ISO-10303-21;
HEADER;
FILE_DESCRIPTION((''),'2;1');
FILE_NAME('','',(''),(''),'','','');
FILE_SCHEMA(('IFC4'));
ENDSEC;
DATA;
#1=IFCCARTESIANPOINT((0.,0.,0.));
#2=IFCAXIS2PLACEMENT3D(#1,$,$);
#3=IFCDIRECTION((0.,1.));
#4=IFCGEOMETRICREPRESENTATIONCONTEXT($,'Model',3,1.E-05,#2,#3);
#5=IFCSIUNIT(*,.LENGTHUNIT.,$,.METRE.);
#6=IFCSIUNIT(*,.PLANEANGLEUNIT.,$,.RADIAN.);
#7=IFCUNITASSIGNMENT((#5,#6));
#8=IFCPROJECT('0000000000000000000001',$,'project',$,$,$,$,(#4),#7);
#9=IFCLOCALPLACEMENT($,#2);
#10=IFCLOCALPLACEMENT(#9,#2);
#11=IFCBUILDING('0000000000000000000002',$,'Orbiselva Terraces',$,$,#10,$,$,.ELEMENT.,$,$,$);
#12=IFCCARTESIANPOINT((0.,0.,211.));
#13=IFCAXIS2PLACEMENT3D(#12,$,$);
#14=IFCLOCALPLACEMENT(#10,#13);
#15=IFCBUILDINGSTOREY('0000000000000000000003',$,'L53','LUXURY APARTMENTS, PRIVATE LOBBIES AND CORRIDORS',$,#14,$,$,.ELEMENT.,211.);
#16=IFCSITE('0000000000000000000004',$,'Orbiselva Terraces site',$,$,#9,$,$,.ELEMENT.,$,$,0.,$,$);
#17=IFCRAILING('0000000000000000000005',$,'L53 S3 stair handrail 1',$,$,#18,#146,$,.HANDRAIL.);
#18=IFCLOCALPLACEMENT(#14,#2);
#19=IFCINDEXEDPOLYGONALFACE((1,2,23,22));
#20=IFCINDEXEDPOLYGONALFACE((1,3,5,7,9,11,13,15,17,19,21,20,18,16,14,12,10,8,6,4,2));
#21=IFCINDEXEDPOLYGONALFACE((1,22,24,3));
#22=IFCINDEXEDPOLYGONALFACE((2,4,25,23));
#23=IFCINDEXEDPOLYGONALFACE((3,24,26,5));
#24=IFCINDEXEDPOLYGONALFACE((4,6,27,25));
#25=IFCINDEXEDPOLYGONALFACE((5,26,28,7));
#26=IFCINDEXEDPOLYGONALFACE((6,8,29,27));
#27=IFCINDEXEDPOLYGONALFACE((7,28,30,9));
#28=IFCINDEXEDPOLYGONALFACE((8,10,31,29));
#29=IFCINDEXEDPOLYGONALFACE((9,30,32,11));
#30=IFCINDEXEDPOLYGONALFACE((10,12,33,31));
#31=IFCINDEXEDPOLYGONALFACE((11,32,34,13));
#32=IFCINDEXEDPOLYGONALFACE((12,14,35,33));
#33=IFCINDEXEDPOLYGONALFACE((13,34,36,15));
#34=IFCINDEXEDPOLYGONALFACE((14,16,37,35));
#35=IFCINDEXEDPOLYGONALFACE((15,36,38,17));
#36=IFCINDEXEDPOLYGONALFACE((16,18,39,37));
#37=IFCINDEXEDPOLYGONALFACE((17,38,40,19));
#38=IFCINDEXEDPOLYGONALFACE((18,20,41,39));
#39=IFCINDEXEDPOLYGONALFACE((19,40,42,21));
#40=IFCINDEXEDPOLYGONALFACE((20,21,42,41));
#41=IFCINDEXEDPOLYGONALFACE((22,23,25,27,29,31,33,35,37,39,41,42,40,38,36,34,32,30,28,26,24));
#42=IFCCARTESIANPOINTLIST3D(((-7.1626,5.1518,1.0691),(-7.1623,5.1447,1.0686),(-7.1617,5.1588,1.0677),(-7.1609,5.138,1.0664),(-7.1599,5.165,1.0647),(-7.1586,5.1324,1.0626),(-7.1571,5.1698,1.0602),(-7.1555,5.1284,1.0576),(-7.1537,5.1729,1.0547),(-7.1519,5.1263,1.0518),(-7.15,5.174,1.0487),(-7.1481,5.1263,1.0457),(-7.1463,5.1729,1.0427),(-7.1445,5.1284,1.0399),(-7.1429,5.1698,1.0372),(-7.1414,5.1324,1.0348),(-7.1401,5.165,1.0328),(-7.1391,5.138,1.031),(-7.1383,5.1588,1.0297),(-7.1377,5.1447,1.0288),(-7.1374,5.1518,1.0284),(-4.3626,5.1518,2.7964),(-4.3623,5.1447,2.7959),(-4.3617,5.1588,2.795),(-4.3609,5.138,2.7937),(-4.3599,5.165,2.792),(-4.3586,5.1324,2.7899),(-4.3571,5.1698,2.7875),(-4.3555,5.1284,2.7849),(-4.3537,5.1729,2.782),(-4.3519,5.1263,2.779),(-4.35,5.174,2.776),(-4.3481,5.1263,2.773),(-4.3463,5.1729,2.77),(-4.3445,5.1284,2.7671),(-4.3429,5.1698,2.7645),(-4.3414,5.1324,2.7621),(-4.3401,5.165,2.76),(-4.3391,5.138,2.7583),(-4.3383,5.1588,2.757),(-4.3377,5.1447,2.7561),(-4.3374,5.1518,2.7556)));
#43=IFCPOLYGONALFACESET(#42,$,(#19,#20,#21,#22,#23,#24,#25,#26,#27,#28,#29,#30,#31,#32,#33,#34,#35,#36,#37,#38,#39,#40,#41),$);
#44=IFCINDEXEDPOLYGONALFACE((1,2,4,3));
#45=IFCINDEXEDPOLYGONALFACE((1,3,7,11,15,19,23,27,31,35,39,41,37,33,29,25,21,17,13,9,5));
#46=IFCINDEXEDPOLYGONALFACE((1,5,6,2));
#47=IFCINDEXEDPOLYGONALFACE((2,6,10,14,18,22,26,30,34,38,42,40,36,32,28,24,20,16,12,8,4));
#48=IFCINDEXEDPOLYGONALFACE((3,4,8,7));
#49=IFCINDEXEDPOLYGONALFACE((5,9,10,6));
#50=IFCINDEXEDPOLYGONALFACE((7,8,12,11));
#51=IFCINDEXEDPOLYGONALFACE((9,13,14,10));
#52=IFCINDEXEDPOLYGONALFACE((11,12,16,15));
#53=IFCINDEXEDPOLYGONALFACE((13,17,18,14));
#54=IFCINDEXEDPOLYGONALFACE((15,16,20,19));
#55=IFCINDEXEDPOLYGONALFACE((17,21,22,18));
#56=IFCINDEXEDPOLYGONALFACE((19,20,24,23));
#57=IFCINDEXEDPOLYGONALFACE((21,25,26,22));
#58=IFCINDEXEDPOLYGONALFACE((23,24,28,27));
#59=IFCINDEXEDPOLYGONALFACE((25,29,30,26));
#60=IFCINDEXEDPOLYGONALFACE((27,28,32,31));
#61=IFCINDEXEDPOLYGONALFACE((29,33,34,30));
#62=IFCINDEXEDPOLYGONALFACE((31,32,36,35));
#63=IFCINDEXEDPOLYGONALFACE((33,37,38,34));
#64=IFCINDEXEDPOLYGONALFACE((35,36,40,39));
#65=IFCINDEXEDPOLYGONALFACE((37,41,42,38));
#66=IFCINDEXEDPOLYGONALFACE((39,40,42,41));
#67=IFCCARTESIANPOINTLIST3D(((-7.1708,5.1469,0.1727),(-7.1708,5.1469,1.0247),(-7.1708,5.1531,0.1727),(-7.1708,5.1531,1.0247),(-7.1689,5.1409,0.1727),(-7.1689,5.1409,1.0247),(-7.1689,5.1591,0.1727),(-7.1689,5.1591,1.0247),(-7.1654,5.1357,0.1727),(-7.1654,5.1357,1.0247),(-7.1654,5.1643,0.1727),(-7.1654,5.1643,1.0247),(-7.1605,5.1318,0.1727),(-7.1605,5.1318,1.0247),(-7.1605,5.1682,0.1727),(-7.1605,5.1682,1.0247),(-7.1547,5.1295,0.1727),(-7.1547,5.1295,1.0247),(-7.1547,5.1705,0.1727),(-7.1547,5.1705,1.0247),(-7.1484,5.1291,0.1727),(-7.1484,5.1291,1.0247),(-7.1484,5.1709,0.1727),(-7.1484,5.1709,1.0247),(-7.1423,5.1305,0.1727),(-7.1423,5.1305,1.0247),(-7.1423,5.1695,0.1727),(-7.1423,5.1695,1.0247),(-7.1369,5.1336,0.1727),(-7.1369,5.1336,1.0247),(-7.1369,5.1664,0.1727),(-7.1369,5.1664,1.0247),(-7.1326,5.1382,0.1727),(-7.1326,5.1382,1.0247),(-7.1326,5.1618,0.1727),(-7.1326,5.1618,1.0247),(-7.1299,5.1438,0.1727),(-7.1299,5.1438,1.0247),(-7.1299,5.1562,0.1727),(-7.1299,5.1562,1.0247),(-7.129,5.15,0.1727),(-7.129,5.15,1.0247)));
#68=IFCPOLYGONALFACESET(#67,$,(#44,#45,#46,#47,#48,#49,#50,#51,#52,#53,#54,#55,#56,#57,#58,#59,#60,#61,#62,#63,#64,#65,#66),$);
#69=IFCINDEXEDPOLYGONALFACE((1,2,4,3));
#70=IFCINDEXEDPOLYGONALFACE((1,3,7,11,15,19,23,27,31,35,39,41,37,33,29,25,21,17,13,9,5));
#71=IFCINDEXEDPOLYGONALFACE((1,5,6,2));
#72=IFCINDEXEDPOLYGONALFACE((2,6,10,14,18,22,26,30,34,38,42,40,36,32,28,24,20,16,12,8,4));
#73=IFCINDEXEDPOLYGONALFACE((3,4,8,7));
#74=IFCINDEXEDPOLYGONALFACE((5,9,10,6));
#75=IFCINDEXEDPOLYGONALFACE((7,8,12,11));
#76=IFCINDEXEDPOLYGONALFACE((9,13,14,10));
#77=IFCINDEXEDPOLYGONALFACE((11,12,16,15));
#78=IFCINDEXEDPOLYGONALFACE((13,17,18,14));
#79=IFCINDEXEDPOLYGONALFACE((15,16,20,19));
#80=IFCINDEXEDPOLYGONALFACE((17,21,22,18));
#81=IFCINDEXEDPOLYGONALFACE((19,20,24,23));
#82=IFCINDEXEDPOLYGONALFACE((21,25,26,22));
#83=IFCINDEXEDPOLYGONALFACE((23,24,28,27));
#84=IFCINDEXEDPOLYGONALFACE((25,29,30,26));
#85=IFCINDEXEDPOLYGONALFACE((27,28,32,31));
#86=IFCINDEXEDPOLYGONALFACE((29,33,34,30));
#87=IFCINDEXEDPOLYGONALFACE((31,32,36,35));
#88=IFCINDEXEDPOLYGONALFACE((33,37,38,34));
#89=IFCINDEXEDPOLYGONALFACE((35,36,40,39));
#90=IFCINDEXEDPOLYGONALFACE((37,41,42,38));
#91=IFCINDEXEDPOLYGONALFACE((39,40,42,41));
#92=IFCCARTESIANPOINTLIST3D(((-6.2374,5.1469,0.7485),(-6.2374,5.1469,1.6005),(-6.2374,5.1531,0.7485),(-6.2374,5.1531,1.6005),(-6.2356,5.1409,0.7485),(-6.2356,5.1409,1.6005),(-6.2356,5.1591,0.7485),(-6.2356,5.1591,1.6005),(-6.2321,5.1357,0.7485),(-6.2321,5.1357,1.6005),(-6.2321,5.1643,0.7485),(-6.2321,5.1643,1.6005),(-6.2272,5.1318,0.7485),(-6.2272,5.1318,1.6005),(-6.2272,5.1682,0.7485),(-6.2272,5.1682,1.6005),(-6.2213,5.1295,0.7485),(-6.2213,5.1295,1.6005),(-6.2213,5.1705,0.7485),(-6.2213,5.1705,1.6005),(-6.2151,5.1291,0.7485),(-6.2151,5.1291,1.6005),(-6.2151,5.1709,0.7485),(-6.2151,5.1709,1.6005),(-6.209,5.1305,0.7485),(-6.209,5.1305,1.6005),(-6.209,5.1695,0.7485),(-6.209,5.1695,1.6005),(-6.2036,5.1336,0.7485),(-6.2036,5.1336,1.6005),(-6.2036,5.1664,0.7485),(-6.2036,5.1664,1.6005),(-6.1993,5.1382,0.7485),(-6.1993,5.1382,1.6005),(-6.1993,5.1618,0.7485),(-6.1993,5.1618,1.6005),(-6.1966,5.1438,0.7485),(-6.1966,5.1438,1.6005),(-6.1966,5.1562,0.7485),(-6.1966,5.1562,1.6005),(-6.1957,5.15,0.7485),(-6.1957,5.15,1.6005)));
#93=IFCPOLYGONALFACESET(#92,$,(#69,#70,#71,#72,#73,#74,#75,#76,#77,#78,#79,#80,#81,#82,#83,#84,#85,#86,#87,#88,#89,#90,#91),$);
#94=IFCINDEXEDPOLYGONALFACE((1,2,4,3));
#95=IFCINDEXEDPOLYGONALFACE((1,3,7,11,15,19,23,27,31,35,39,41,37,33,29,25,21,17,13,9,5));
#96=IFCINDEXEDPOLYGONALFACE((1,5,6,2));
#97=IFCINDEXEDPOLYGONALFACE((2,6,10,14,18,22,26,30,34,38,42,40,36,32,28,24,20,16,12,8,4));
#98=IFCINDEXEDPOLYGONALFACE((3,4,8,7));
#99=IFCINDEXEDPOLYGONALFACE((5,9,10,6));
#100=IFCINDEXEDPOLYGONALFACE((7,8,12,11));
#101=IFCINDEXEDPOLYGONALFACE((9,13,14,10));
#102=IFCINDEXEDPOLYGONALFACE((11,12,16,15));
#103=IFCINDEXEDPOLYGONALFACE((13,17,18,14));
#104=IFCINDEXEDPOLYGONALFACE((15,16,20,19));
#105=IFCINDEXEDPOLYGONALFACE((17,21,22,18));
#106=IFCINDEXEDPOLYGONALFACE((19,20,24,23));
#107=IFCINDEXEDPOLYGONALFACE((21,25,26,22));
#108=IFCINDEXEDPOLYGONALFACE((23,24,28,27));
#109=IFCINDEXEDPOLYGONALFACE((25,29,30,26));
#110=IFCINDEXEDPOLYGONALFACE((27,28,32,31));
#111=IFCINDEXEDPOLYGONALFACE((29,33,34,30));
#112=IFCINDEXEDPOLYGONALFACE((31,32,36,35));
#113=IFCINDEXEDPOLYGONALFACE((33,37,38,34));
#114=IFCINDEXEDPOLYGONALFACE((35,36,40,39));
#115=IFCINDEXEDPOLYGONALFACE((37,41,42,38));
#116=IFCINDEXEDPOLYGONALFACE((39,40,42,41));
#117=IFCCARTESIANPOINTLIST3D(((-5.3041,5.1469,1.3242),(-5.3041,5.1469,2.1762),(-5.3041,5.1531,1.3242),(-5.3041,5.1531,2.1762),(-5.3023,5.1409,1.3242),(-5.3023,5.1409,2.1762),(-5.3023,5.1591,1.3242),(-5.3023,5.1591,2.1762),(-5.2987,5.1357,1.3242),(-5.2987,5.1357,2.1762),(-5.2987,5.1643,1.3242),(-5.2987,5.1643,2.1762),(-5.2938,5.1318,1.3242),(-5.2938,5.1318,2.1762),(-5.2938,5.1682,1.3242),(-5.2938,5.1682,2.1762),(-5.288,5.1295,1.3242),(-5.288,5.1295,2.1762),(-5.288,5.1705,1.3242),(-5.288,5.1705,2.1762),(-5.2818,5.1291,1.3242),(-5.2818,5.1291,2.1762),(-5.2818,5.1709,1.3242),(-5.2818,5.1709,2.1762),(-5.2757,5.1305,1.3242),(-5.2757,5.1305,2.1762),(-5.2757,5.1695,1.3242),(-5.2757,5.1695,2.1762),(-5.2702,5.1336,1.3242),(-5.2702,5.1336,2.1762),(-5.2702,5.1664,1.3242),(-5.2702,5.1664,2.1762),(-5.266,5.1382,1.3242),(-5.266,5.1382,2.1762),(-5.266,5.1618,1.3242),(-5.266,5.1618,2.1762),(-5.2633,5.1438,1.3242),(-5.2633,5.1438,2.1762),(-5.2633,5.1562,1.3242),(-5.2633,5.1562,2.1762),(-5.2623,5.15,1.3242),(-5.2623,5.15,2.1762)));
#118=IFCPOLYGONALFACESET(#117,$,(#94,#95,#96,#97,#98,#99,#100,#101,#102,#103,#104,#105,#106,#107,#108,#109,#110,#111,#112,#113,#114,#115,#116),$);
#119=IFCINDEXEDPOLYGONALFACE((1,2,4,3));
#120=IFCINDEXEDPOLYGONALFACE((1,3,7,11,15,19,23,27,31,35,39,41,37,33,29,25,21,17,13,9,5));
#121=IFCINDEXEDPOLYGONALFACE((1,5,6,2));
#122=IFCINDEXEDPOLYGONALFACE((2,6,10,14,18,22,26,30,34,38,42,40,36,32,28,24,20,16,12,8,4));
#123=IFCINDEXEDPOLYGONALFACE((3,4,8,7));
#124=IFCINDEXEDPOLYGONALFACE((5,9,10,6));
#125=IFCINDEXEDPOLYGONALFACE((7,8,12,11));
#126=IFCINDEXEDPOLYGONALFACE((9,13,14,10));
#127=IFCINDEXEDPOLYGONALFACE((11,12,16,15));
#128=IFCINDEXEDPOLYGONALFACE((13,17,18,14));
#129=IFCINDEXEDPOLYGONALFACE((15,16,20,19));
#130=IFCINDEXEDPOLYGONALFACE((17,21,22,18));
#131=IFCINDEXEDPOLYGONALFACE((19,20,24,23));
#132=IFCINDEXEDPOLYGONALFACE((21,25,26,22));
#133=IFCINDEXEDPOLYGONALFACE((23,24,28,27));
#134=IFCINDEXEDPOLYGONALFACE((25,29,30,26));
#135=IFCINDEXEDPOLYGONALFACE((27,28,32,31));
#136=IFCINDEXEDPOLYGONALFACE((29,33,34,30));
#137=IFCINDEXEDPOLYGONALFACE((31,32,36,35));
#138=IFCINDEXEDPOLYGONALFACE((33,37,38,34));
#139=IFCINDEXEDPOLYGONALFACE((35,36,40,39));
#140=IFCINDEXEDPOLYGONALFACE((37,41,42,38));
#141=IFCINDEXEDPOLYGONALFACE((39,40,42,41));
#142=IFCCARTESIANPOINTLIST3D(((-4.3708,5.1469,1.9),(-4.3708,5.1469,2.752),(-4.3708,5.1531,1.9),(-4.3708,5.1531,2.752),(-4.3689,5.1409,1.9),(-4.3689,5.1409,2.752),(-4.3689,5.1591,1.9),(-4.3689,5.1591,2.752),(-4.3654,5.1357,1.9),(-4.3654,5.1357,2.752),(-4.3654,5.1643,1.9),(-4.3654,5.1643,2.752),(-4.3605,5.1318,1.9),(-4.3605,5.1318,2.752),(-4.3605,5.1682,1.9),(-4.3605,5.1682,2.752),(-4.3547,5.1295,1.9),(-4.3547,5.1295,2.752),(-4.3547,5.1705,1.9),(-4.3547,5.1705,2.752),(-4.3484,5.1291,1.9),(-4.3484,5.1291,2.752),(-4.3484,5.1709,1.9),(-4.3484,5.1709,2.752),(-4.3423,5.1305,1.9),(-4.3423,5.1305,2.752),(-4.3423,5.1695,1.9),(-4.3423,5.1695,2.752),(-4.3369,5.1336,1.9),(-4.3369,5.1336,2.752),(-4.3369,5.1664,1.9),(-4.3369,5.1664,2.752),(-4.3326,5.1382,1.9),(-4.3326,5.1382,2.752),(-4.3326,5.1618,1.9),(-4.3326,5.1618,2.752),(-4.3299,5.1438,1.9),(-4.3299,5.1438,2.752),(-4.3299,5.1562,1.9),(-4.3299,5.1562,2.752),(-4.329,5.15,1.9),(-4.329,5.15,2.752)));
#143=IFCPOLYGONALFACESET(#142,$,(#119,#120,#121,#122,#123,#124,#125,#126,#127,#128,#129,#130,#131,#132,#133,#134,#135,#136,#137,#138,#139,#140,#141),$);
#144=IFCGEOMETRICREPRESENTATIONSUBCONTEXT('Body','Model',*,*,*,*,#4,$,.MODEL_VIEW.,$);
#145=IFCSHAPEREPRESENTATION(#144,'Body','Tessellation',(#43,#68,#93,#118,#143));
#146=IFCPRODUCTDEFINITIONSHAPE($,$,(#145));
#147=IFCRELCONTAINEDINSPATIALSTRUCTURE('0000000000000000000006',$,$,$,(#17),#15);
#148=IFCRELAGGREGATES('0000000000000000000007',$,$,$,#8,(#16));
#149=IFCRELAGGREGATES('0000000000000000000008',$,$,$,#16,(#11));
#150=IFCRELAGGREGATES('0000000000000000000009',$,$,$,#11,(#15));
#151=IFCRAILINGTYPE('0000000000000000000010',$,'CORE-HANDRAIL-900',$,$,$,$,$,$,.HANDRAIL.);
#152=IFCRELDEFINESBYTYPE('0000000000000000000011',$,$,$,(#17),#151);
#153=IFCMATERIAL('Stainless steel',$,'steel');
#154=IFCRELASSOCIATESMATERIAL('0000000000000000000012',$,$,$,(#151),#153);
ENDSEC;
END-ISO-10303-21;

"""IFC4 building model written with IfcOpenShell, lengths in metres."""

from ifc_helpers import new_model, si_unit, direction, frame, origin, origin_2d, place, context, subcontext, project, spatial, circle, extrude, material, type_object, element, save


model = new_model("IFC4")

# Units and contexts
model_context = context("Model", 3, precision=1e-05, world=origin(), true_north=direction((0.0, 1.0)))
body_context = subcontext(model_context, "Body", "Model", "MODEL_VIEW")
ifc_project = project(units=[si_unit("LENGTHUNIT", "METRE"), si_unit("PLANEANGLEUNIT", "RADIAN")], contexts=[model_context])

# Site, building, storey
site_placement = place(None, origin())
site = spatial("IfcSite", under=ifc_project, at=site_placement, Name="Orbiselva Terraces site", CompositionType="ELEMENT", RefElevation=0.0)
building_placement = place(site_placement, origin())
building = spatial("IfcBuilding", under=site, at=building_placement, Name="Orbiselva Terraces", CompositionType="ELEMENT")
storey_placement = place(building_placement, frame((0.0, 0.0, 211.0)))
storey = spatial("IfcBuildingStorey", under=building, at=storey_placement, Name="L53", Description="LUXURY APARTMENTS, PRIVATE LOBBIES AND CORRIDORS", CompositionType="ELEMENT", Elevation=211.0)

# Railing
ifc_material_1 = material(Name="Stainless steel", Category="steel")
railing_type_1 = type_object("IfcRailingType", Name="CORE-HANDRAIL-900", PredefinedType="HANDRAIL", material=ifc_material_1)
railing_1_placement = place(storey_placement, frame((-7.15, 5.15, 0.1727)))
element("IfcRailing", 1, at=railing_1_placement, inside=storey, type_object=railing_type_1, Name="L53 S3 stair handrail 1", PredefinedType="HANDRAIL", context=body_context, shape_type="SweptSolid", body=[
    extrude(circle(Radius=0.024, at=origin_2d()), frame((0.0, 0.0, 0.876), z_axis=(0.851089, 0.0, 0.525022), x_axis=(0.0, 1.0, 0.0)), (0.0, 0.0, 1.0), 3.2899),
    extrude(circle(Radius=0.021, at=origin_2d()), origin(), (0.0, 0.0, 1.0), 0.852),
    extrude(circle(Radius=0.021, at=origin_2d()), frame((0.9333, 0.0, 0.5758)), (0.0, 0.0, 1.0), 0.852),
    extrude(circle(Radius=0.021, at=origin_2d()), frame((1.8667, 0.0, 1.1515)), (0.0, 0.0, 1.0), 0.852),
    extrude(circle(Radius=0.021, at=origin_2d()), frame((2.8, 0.0, 1.7273)), (0.0, 0.0, 1.0), 0.852),
])

save(model, "model.ifc")
